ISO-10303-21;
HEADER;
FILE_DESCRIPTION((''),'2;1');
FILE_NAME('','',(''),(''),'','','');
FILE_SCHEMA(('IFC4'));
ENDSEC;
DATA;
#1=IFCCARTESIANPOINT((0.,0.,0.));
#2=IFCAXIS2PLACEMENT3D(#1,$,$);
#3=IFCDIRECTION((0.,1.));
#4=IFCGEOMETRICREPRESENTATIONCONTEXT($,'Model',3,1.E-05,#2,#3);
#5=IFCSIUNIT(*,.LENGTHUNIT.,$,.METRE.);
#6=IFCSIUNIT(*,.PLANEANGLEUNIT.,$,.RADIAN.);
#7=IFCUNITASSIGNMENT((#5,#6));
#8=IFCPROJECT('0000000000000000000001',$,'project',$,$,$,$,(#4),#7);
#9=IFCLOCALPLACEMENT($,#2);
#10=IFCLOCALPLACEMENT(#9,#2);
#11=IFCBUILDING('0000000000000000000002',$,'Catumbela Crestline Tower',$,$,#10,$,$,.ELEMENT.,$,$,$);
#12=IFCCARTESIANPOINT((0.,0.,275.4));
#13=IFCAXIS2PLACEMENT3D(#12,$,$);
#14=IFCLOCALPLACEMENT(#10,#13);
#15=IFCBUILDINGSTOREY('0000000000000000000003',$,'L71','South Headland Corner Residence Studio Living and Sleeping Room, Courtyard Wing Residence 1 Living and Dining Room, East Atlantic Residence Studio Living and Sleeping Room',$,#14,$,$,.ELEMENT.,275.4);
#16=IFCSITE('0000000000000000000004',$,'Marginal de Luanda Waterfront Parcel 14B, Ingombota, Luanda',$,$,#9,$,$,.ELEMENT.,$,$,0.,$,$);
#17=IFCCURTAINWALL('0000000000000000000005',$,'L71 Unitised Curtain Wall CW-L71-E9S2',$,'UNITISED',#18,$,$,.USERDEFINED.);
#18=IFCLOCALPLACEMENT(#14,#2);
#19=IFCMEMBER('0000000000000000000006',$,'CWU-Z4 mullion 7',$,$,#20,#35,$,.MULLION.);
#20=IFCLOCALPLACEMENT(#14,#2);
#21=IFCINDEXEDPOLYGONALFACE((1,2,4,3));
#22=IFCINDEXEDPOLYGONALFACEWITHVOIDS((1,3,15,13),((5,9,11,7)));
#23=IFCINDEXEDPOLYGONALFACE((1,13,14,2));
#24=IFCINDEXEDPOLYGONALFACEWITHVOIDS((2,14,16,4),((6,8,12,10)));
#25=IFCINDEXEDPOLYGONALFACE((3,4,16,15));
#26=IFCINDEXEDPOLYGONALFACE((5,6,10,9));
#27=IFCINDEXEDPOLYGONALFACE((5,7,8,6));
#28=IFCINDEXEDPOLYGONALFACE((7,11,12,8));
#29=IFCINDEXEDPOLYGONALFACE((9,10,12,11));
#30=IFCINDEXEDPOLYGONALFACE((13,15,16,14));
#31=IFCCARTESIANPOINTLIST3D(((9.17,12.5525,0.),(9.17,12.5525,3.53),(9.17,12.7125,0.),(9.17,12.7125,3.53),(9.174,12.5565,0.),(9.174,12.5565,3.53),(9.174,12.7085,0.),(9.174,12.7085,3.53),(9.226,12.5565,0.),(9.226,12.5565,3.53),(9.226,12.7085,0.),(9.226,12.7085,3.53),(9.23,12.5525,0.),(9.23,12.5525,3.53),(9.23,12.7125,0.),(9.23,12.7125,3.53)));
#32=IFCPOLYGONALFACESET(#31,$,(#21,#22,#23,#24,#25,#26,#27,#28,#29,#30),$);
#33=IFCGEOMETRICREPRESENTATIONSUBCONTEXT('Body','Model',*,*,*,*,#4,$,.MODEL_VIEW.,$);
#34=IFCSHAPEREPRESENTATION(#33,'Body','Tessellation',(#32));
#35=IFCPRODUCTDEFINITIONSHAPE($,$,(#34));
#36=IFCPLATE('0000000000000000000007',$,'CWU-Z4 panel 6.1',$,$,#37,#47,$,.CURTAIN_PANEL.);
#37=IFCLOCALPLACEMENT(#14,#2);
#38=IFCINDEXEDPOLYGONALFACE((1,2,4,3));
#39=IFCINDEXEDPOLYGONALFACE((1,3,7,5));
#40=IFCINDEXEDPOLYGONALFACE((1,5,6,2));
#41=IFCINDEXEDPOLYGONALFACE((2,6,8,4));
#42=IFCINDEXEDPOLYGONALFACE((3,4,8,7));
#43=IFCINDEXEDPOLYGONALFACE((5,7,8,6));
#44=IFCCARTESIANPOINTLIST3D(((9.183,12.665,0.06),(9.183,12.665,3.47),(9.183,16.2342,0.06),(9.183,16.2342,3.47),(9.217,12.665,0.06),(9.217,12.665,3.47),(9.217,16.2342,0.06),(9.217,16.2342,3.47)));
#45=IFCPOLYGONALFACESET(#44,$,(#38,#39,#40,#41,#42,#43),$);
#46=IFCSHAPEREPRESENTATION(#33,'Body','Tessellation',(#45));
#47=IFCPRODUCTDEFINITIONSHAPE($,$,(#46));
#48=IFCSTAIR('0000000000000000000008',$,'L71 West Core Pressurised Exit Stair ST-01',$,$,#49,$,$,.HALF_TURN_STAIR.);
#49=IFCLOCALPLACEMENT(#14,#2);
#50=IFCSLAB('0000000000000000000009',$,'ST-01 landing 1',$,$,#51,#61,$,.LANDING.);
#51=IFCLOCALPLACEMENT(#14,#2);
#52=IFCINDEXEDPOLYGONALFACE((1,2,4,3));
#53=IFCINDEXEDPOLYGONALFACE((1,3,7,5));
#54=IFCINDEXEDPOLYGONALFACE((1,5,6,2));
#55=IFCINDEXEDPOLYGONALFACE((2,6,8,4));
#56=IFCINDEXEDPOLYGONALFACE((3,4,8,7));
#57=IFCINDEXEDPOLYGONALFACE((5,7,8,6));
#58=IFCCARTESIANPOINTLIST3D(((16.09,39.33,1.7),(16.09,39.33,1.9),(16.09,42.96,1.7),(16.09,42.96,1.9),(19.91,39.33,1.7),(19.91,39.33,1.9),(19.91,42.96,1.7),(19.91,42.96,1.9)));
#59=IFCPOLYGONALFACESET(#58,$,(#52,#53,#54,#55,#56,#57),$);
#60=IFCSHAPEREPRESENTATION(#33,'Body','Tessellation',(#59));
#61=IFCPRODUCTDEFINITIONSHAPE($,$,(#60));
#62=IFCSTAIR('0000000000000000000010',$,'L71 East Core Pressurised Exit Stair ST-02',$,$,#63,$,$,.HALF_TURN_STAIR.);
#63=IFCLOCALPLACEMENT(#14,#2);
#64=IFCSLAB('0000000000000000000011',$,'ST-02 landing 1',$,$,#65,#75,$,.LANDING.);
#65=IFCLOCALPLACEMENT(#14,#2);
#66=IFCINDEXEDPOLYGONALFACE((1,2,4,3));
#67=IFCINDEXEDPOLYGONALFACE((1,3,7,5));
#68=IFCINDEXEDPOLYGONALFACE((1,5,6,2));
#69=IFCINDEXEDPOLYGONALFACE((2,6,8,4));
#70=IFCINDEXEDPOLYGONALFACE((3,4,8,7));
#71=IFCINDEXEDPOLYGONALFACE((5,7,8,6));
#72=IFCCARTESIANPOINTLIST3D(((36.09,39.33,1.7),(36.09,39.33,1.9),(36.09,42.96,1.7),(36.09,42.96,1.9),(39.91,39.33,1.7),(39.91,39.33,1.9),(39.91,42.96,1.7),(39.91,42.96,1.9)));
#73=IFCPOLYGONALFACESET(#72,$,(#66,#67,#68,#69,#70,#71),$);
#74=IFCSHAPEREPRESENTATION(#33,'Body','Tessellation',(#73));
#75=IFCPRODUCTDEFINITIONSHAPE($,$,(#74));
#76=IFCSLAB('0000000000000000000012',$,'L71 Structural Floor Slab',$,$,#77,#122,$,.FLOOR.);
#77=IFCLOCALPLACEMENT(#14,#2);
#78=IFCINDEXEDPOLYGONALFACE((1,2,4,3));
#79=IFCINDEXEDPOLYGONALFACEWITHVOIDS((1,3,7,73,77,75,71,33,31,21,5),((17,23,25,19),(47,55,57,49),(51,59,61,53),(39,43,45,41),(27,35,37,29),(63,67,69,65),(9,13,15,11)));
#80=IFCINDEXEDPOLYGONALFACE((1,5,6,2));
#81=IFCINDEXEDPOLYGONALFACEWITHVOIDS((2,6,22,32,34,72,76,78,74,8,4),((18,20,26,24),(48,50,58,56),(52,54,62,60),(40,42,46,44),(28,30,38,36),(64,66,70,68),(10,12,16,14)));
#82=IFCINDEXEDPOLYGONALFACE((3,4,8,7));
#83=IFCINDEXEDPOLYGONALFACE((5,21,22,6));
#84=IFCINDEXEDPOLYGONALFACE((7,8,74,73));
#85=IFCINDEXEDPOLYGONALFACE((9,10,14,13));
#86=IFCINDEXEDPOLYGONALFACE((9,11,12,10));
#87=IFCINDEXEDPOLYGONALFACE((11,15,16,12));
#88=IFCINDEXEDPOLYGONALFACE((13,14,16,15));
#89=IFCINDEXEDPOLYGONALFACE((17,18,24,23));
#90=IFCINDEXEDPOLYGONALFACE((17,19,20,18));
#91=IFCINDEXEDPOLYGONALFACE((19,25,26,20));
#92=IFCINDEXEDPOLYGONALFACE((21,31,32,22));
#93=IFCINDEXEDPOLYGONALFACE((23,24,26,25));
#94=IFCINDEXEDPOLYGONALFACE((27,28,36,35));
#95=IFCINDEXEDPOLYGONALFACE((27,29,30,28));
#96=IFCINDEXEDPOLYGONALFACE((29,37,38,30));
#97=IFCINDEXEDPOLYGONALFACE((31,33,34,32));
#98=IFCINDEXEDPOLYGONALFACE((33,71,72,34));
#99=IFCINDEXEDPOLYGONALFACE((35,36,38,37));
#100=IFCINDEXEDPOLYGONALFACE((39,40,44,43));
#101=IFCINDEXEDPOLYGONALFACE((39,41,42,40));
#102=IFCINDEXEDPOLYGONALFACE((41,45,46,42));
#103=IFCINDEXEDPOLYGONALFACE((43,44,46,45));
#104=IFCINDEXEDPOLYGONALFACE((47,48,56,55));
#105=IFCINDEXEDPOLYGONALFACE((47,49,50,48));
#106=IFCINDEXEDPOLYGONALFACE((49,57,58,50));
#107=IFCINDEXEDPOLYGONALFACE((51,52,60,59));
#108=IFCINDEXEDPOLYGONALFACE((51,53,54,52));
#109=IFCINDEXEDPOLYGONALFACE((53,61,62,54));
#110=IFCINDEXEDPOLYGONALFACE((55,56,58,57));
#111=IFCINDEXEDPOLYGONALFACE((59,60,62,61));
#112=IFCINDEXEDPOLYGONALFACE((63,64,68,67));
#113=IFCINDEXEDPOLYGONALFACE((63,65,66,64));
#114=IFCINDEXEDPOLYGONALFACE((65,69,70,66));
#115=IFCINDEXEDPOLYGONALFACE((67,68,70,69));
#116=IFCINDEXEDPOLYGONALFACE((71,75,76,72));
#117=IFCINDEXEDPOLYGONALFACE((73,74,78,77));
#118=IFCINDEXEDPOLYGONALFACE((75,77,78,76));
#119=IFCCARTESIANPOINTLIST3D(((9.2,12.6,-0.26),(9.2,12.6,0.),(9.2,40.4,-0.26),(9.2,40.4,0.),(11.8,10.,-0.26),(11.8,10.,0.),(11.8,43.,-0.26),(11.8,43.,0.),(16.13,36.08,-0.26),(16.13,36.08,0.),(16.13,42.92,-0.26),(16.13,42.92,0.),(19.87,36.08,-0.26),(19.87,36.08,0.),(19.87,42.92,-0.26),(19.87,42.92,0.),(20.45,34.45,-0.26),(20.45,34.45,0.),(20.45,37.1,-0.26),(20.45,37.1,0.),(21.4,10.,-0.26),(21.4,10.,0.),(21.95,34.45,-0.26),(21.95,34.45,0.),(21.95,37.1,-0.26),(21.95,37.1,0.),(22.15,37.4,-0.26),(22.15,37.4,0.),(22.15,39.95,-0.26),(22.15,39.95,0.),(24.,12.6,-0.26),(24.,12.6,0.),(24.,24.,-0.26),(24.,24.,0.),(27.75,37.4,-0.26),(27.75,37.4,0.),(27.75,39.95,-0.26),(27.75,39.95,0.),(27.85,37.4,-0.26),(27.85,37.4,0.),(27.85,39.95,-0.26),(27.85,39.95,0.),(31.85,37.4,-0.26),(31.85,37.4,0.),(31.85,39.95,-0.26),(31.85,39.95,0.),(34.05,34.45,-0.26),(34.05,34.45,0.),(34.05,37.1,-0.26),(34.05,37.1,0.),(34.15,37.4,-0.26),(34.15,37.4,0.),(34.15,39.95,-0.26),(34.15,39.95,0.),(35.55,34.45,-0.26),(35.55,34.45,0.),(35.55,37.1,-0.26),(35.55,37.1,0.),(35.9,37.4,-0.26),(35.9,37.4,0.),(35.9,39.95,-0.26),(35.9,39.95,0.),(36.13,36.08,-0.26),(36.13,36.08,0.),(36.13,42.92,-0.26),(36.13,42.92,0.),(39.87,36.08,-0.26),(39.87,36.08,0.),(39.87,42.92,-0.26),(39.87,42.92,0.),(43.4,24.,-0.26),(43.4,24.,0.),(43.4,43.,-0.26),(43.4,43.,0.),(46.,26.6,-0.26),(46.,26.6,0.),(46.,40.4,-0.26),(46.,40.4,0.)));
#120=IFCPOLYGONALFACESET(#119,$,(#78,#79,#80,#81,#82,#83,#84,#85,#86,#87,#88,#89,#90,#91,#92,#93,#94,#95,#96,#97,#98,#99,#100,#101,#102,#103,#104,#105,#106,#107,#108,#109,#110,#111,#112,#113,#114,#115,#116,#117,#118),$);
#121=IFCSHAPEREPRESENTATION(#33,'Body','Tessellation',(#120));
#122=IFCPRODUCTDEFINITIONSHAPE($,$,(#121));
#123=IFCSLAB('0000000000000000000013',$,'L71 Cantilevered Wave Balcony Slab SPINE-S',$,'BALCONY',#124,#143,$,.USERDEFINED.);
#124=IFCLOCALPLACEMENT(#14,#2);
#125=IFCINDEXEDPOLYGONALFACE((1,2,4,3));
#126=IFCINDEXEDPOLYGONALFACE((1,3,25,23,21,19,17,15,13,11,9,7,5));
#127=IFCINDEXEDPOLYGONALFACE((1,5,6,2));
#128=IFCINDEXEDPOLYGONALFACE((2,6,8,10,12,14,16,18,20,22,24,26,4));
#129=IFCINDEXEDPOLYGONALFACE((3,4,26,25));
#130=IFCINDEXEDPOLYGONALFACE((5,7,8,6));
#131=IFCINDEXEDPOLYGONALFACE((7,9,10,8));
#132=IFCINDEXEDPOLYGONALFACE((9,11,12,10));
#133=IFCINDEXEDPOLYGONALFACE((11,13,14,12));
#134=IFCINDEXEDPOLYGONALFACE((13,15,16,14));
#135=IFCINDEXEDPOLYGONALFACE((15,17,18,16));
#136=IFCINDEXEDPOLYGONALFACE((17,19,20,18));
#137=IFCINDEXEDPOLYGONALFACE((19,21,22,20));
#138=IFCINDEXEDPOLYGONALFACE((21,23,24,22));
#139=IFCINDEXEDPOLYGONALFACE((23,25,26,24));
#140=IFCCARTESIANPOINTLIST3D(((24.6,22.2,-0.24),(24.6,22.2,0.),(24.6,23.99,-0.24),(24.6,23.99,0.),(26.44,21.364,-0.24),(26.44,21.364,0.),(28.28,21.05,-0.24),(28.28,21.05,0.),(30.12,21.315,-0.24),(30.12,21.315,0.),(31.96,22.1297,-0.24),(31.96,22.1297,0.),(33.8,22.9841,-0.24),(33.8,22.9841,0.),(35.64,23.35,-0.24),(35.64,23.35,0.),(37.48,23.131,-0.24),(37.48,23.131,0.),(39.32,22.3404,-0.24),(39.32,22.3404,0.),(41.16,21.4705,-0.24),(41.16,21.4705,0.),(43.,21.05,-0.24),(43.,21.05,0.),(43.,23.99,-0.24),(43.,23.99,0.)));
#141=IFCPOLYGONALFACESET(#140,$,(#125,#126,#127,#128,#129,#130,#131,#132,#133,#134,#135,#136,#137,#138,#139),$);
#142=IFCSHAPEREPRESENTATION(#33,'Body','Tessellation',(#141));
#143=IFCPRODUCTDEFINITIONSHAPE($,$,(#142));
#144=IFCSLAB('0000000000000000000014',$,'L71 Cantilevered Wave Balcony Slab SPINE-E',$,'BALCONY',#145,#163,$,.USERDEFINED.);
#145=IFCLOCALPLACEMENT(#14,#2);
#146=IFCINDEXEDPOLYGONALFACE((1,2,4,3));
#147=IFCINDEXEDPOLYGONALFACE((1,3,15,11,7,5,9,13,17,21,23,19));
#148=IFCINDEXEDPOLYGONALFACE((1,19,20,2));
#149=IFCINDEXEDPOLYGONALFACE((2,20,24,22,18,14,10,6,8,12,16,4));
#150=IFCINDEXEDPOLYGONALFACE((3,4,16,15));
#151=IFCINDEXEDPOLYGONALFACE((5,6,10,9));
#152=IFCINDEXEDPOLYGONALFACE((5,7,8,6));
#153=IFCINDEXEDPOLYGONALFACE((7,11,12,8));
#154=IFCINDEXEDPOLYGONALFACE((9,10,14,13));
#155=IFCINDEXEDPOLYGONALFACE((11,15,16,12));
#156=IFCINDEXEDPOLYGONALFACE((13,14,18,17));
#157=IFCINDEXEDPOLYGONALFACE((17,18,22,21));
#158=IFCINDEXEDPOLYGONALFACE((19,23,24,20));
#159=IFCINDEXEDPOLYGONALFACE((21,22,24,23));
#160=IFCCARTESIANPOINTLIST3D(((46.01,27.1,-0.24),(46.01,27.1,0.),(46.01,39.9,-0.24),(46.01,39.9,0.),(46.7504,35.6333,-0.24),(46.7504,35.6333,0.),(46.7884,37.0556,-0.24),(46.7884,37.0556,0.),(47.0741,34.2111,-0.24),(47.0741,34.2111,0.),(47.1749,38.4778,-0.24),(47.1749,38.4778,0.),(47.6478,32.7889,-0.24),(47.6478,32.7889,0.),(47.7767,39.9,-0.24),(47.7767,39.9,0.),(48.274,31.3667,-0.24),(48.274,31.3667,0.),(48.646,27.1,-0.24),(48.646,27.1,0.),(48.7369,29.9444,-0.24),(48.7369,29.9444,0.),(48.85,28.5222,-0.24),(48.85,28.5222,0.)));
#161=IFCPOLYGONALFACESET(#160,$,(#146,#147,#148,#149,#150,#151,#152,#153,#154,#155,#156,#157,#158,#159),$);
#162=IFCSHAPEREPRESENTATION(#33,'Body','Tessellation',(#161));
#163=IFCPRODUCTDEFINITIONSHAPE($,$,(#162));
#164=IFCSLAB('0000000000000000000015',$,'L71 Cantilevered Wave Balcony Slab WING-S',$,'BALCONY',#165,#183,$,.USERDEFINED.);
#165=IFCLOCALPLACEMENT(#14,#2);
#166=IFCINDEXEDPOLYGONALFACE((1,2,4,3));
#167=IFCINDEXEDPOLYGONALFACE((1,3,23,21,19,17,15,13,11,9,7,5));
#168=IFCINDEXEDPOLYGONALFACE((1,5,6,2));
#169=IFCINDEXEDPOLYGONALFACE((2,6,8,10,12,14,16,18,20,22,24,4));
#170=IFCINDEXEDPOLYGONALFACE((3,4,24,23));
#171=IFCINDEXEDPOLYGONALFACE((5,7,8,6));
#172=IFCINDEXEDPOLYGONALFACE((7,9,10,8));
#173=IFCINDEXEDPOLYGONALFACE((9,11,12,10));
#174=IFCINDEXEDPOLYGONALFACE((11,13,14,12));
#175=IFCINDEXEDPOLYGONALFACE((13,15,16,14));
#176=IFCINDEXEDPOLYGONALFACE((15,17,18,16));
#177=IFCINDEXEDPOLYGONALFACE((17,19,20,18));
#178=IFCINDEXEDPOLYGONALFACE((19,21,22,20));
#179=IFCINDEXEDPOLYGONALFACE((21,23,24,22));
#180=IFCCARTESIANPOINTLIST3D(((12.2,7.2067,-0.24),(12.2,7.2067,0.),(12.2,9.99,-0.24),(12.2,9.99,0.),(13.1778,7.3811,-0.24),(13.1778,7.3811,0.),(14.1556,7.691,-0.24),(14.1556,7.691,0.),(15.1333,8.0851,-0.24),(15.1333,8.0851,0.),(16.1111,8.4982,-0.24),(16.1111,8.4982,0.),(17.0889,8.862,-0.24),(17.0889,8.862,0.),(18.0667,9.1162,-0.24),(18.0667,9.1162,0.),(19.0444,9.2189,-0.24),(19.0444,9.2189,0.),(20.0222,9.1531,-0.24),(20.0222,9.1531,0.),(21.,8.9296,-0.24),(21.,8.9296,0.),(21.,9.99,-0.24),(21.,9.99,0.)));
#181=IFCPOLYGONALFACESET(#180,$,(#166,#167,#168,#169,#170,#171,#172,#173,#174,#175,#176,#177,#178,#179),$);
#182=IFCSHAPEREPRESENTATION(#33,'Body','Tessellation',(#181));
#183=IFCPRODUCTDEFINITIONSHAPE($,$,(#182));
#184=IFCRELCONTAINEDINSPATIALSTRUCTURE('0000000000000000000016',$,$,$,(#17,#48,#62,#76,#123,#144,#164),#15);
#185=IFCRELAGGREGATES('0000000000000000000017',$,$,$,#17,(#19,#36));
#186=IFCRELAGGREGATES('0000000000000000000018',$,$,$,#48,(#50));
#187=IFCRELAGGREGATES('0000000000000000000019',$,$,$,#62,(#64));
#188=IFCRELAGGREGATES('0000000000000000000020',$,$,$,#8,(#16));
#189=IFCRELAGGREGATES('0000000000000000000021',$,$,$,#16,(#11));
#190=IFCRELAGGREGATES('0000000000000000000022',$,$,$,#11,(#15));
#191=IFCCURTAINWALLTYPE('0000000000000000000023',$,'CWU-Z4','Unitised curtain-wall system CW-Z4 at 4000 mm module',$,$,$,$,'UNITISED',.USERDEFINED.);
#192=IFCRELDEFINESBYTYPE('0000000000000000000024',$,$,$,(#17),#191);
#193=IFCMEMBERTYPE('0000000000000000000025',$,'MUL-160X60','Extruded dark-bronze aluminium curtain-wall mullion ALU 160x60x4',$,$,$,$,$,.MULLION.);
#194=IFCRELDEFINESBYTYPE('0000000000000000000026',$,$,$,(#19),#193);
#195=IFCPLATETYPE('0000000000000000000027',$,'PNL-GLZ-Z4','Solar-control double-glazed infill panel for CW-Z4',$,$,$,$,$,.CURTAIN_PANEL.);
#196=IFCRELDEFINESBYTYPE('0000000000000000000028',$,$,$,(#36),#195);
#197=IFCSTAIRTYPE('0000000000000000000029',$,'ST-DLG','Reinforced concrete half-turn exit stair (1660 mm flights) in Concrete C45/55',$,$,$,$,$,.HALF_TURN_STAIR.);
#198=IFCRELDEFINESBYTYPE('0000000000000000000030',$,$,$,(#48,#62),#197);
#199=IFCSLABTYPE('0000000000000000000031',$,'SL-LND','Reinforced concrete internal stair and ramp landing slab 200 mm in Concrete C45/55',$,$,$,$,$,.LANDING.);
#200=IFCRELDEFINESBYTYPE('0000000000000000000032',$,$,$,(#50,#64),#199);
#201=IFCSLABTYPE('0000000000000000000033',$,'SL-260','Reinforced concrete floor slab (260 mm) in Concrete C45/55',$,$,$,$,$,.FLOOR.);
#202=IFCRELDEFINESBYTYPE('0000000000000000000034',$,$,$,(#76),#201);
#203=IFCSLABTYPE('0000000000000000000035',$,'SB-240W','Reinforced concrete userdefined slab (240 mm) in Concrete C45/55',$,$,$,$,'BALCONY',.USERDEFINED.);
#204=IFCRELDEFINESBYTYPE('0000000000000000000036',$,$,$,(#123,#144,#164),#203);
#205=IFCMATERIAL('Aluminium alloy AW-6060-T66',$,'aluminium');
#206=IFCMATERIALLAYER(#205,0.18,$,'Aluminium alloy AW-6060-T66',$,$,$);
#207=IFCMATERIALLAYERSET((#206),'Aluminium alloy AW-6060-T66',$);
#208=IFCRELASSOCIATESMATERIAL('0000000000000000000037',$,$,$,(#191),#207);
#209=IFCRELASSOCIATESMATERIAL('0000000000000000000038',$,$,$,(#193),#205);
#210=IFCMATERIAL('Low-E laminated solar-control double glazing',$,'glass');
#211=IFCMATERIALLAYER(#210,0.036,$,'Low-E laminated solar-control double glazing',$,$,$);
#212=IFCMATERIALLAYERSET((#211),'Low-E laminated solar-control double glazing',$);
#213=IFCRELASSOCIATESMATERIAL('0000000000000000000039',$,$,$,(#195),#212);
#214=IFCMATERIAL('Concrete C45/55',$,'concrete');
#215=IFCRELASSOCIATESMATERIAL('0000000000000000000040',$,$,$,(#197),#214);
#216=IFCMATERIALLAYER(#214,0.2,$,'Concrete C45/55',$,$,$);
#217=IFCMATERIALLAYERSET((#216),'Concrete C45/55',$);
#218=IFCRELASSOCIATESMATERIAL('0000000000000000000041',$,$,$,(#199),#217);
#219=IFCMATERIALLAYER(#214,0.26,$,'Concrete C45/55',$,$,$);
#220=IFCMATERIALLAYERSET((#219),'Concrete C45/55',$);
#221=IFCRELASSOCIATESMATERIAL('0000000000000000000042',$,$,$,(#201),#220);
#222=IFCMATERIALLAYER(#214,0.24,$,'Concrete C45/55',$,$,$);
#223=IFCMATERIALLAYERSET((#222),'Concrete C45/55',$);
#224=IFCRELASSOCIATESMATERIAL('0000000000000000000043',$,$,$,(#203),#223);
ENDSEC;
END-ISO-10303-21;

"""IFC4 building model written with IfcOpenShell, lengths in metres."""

from ifc_helpers import new_model, si_unit, direction, frame, origin, origin_2d, place, context, subcontext, project, spatial, polyline, rectangle, hollow_rectangle, outline, extrude, material, layer, layer_set, material_profile, profile_set, type_object, element, aggregate, save


model = new_model("IFC4")

# Units and contexts
model_context = context("Model", 3, precision=1e-05, world=origin(), true_north=direction((0.0, 1.0)))
body_context = subcontext(model_context, "Body", "Model", "MODEL_VIEW")
ifc_project = project(units=[si_unit("LENGTHUNIT", "METRE"), si_unit("PLANEANGLEUNIT", "RADIAN")], contexts=[model_context])

# Site, building, storey
site_placement = place(None, origin())
site = spatial("IfcSite", under=ifc_project, at=site_placement, Name="Marginal de Luanda Waterfront Parcel 14B, Ingombota, Luanda", CompositionType="ELEMENT", RefElevation=0.0)
building_placement = place(site_placement, origin())
building = spatial("IfcBuilding", under=site, at=building_placement, Name="Catumbela Crestline Tower", CompositionType="ELEMENT")
storey_placement = place(building_placement, frame((0.0, 0.0, 275.4)))
storey = spatial("IfcBuildingStorey", under=building, at=storey_placement, Name="L71", Description="South Headland Corner Residence Studio Living and Sleeping Room, Courtyard Wing Residence 1 Living and Dining Room, East Atlantic Residence Studio Living and Sleeping Room", CompositionType="ELEMENT", Elevation=275.4)

# Curtain wall, member, plate
ifc_material_1 = material(Name="Aluminium alloy AW-6060-T66", Category="aluminium")
ifc_layer_1 = layer(ifc_material_1, 0.18, Name="Aluminium alloy AW-6060-T66")
ifc_layer_set_1 = layer_set([ifc_layer_1], Name="Aluminium alloy AW-6060-T66")
curtain_wall_type = type_object("IfcCurtainWallType", Name="CWU-Z4", Description="Unitised curtain-wall system CW-Z4 at 4000 mm module", ElementType="UNITISED", PredefinedType="USERDEFINED", material=ifc_layer_set_1)
curtain_wall_placement = place(storey_placement, origin())
curtain_wall = element("IfcCurtainWall", 1, at=curtain_wall_placement, inside=storey, type_object=curtain_wall_type, Name="L71 Unitised Curtain Wall CW-L71-E9S2", ObjectType="UNITISED", PredefinedType="USERDEFINED")
ifc_material_profile = material_profile(ifc_material_1, hollow_rectangle(XDim=0.06, YDim=0.16, WallThickness=0.004, at=origin_2d()), Name="ALU 160x60x4")
ifc_profile_set = profile_set([ifc_material_profile], Name="Aluminium alloy AW-6060-T66")
member_type = type_object("IfcMemberType", Name="MUL-160X60", Description="Extruded dark-bronze aluminium curtain-wall mullion ALU 160x60x4", PredefinedType="MULLION", material=ifc_profile_set)
member_placement = place(storey_placement, frame((9.2, 12.6325, 0.0), z_axis=(0.0, 0.0, 1.0), x_axis=(1.0, 0.0, 0.0)))
member = element("IfcMember", 2, at=member_placement, type_object=member_type, Name="CWU-Z4 mullion 7", PredefinedType="MULLION", context=body_context, shape_type="SweptSolid", body=[
    extrude(hollow_rectangle(XDim=0.06, YDim=0.16, WallThickness=0.004, at=origin_2d()), origin(), (0.0, 0.0, 1.0), 3.53),
])
ifc_material_2 = material(Name="Low-E laminated solar-control double glazing", Category="glass")
ifc_layer_2 = layer(ifc_material_2, 0.036, Name="Low-E laminated solar-control double glazing")
ifc_layer_set_2 = layer_set([ifc_layer_2], Name="Low-E laminated solar-control double glazing")
plate_type = type_object("IfcPlateType", Name="PNL-GLZ-Z4", Description="Solar-control double-glazed infill panel for CW-Z4", PredefinedType="CURTAIN_PANEL", material=ifc_layer_set_2)
plate_placement = place(storey_placement, frame((9.2, 14.4496, 0.06), z_axis=(0.0, 0.0, 1.0), x_axis=(0.0, -1.0, 0.0)))
plate = element("IfcPlate", 3, at=plate_placement, type_object=plate_type, Name="CWU-Z4 panel 6.1", PredefinedType="CURTAIN_PANEL", context=body_context, shape_type="SweptSolid", body=[
    extrude(rectangle(XDim=3.5692, YDim=0.034, at=origin_2d()), origin(), (0.0, 0.0, 1.0), 3.41),
])
aggregate(curtain_wall, [member, plate])

# Stairs, slabs
ifc_material_3 = material(Name="Concrete C45/55", Category="concrete")
stair_type = type_object("IfcStairType", Name="ST-DLG", Description="Reinforced concrete half-turn exit stair (1660 mm flights) in Concrete C45/55", PredefinedType="HALF_TURN_STAIR", material=ifc_material_3)
stair_1_placement = place(storey_placement, origin())
stair_1 = element("IfcStair", 4, at=stair_1_placement, inside=storey, type_object=stair_type, Name="L71 West Core Pressurised Exit Stair ST-01", PredefinedType="HALF_TURN_STAIR")
ifc_layer_3 = layer(ifc_material_3, 0.2, Name="Concrete C45/55")
ifc_layer_set_3 = layer_set([ifc_layer_3], Name="Concrete C45/55")
slab_type_1 = type_object("IfcSlabType", Name="SL-LND", Description="Reinforced concrete internal stair and ramp landing slab 200 mm in Concrete C45/55", PredefinedType="LANDING", material=ifc_layer_set_3)
slab_1_placement = place(storey_placement, frame((0.0, 0.0, 1.7)))
slab_1 = element("IfcSlab", 5, at=slab_1_placement, type_object=slab_type_1, Name="ST-01 landing 1", PredefinedType="LANDING", context=body_context, shape_type="SweptSolid", body=[
    extrude(outline(polyline([(19.91, 39.33), (19.91, 42.96), (16.09, 42.96), (16.09, 39.33), (19.91, 39.33)])), origin(), (0.0, 0.0, 1.0), 0.2),
])
aggregate(stair_1, [slab_1])
stair_2_placement = place(storey_placement, origin())
stair_2 = element("IfcStair", 6, at=stair_2_placement, inside=storey, type_object=stair_type, Name="L71 East Core Pressurised Exit Stair ST-02", PredefinedType="HALF_TURN_STAIR")
slab_2_placement = place(storey_placement, frame((0.0, 0.0, 1.7)))
slab_2 = element("IfcSlab", 7, at=slab_2_placement, type_object=slab_type_1, Name="ST-02 landing 1", PredefinedType="LANDING", context=body_context, shape_type="SweptSolid", body=[
    extrude(outline(polyline([(39.91, 39.33), (39.91, 42.96), (36.09, 42.96), (36.09, 39.33), (39.91, 39.33)])), origin(), (0.0, 0.0, 1.0), 0.2),
])
aggregate(stair_2, [slab_2])

# Slabs
ifc_layer_4 = layer(ifc_material_3, 0.26, Name="Concrete C45/55")
ifc_layer_set_4 = layer_set([ifc_layer_4], Name="Concrete C45/55")
slab_type_2 = type_object("IfcSlabType", Name="SL-260", Description="Reinforced concrete floor slab (260 mm) in Concrete C45/55", PredefinedType="FLOOR", material=ifc_layer_set_4)
slab_3_placement = place(storey_placement, frame((0.0, 0.0, -0.26)))
element("IfcSlab", 8, at=slab_3_placement, inside=storey, type_object=slab_type_2, Name="L71 Structural Floor Slab", PredefinedType="FLOOR", context=body_context, shape_type="SweptSolid", body=[
    extrude(outline(polyline([(11.8, 10.0), (21.4, 10.0), (24.0, 12.6), (24.0, 24.0), (43.4, 24.0), (46.0, 26.6), (46.0, 40.4), (43.4, 43.0), (11.8, 43.0), (9.2, 40.4), (9.2, 12.6), (11.8, 10.0)]), holes=[polyline([(16.13, 36.08), (19.87, 36.08), (19.87, 42.92), (16.13, 42.92), (16.13, 36.08)]), polyline([(36.13, 36.08), (39.87, 36.08), (39.87, 42.92), (36.13, 42.92), (36.13, 36.08)]), polyline([(22.15, 37.4), (27.75, 37.4), (27.75, 39.95), (22.15, 39.95), (22.15, 37.4)]), polyline([(27.85, 37.4), (31.85, 37.4), (31.85, 39.95), (27.85, 39.95), (27.85, 37.4)]), polyline([(20.45, 34.45), (21.95, 34.45), (21.95, 37.1), (20.45, 37.1), (20.45, 34.45)]), polyline([(34.05, 34.45), (35.55, 34.45), (35.55, 37.1), (34.05, 37.1), (34.05, 34.45)]), polyline([(34.15, 37.4), (35.9, 37.4), (35.9, 39.95), (34.15, 39.95), (34.15, 37.4)])]), origin(), (0.0, 0.0, 1.0), 0.26),
])
ifc_layer_5 = layer(ifc_material_3, 0.24, Name="Concrete C45/55")
ifc_layer_set_5 = layer_set([ifc_layer_5], Name="Concrete C45/55")
slab_type_3 = type_object("IfcSlabType", Name="SB-240W", Description="Reinforced concrete userdefined slab (240 mm) in Concrete C45/55", ElementType="BALCONY", PredefinedType="USERDEFINED", material=ifc_layer_set_5)
slab_4_placement = place(storey_placement, frame((0.0, 0.0, -0.24)))
element("IfcSlab", 9, at=slab_4_placement, inside=storey, type_object=slab_type_3, Name="L71 Cantilevered Wave Balcony Slab SPINE-S", ObjectType="BALCONY", PredefinedType="USERDEFINED", context=body_context, shape_type="SweptSolid", body=[
    extrude(outline(polyline([(24.6, 22.2), (26.44, 21.364), (28.28, 21.05), (30.12, 21.315), (31.96, 22.1297), (33.8, 22.9841), (35.64, 23.35), (37.48, 23.131), (39.32, 22.3404), (41.16, 21.4705), (43.0, 21.05), (43.0, 23.99), (24.6, 23.99), (24.6, 22.2)])), origin(), (0.0, 0.0, 1.0), 0.24),
])
slab_5_placement = place(storey_placement, frame((0.0, 0.0, -0.24)))
element("IfcSlab", 10, at=slab_5_placement, inside=storey, type_object=slab_type_3, Name="L71 Cantilevered Wave Balcony Slab SPINE-E", ObjectType="BALCONY", PredefinedType="USERDEFINED", context=body_context, shape_type="SweptSolid", body=[
    extrude(outline(polyline([(46.01, 27.1), (48.646, 27.1), (48.85, 28.5222), (48.7369, 29.9444), (48.274, 31.3667), (47.6478, 32.7889), (47.0741, 34.2111), (46.7504, 35.6333), (46.7884, 37.0556), (47.1749, 38.4778), (47.7767, 39.9), (46.01, 39.9), (46.01, 27.1)])), origin(), (0.0, 0.0, 1.0), 0.24),
])
slab_6_placement = place(storey_placement, frame((0.0, 0.0, -0.24)))
element("IfcSlab", 11, at=slab_6_placement, inside=storey, type_object=slab_type_3, Name="L71 Cantilevered Wave Balcony Slab WING-S", ObjectType="BALCONY", PredefinedType="USERDEFINED", context=body_context, shape_type="SweptSolid", body=[
    extrude(outline(polyline([(12.2, 7.2067), (13.1778, 7.3811), (14.1556, 7.691), (15.1333, 8.0851), (16.1111, 8.4982), (17.0889, 8.862), (18.0667, 9.1162), (19.0444, 9.2189), (20.0222, 9.1531), (21.0, 8.9296), (21.0, 9.99), (12.2, 9.99), (12.2, 7.2067)])), origin(), (0.0, 0.0, 1.0), 0.24),
])

save(model, "model.ifc")
